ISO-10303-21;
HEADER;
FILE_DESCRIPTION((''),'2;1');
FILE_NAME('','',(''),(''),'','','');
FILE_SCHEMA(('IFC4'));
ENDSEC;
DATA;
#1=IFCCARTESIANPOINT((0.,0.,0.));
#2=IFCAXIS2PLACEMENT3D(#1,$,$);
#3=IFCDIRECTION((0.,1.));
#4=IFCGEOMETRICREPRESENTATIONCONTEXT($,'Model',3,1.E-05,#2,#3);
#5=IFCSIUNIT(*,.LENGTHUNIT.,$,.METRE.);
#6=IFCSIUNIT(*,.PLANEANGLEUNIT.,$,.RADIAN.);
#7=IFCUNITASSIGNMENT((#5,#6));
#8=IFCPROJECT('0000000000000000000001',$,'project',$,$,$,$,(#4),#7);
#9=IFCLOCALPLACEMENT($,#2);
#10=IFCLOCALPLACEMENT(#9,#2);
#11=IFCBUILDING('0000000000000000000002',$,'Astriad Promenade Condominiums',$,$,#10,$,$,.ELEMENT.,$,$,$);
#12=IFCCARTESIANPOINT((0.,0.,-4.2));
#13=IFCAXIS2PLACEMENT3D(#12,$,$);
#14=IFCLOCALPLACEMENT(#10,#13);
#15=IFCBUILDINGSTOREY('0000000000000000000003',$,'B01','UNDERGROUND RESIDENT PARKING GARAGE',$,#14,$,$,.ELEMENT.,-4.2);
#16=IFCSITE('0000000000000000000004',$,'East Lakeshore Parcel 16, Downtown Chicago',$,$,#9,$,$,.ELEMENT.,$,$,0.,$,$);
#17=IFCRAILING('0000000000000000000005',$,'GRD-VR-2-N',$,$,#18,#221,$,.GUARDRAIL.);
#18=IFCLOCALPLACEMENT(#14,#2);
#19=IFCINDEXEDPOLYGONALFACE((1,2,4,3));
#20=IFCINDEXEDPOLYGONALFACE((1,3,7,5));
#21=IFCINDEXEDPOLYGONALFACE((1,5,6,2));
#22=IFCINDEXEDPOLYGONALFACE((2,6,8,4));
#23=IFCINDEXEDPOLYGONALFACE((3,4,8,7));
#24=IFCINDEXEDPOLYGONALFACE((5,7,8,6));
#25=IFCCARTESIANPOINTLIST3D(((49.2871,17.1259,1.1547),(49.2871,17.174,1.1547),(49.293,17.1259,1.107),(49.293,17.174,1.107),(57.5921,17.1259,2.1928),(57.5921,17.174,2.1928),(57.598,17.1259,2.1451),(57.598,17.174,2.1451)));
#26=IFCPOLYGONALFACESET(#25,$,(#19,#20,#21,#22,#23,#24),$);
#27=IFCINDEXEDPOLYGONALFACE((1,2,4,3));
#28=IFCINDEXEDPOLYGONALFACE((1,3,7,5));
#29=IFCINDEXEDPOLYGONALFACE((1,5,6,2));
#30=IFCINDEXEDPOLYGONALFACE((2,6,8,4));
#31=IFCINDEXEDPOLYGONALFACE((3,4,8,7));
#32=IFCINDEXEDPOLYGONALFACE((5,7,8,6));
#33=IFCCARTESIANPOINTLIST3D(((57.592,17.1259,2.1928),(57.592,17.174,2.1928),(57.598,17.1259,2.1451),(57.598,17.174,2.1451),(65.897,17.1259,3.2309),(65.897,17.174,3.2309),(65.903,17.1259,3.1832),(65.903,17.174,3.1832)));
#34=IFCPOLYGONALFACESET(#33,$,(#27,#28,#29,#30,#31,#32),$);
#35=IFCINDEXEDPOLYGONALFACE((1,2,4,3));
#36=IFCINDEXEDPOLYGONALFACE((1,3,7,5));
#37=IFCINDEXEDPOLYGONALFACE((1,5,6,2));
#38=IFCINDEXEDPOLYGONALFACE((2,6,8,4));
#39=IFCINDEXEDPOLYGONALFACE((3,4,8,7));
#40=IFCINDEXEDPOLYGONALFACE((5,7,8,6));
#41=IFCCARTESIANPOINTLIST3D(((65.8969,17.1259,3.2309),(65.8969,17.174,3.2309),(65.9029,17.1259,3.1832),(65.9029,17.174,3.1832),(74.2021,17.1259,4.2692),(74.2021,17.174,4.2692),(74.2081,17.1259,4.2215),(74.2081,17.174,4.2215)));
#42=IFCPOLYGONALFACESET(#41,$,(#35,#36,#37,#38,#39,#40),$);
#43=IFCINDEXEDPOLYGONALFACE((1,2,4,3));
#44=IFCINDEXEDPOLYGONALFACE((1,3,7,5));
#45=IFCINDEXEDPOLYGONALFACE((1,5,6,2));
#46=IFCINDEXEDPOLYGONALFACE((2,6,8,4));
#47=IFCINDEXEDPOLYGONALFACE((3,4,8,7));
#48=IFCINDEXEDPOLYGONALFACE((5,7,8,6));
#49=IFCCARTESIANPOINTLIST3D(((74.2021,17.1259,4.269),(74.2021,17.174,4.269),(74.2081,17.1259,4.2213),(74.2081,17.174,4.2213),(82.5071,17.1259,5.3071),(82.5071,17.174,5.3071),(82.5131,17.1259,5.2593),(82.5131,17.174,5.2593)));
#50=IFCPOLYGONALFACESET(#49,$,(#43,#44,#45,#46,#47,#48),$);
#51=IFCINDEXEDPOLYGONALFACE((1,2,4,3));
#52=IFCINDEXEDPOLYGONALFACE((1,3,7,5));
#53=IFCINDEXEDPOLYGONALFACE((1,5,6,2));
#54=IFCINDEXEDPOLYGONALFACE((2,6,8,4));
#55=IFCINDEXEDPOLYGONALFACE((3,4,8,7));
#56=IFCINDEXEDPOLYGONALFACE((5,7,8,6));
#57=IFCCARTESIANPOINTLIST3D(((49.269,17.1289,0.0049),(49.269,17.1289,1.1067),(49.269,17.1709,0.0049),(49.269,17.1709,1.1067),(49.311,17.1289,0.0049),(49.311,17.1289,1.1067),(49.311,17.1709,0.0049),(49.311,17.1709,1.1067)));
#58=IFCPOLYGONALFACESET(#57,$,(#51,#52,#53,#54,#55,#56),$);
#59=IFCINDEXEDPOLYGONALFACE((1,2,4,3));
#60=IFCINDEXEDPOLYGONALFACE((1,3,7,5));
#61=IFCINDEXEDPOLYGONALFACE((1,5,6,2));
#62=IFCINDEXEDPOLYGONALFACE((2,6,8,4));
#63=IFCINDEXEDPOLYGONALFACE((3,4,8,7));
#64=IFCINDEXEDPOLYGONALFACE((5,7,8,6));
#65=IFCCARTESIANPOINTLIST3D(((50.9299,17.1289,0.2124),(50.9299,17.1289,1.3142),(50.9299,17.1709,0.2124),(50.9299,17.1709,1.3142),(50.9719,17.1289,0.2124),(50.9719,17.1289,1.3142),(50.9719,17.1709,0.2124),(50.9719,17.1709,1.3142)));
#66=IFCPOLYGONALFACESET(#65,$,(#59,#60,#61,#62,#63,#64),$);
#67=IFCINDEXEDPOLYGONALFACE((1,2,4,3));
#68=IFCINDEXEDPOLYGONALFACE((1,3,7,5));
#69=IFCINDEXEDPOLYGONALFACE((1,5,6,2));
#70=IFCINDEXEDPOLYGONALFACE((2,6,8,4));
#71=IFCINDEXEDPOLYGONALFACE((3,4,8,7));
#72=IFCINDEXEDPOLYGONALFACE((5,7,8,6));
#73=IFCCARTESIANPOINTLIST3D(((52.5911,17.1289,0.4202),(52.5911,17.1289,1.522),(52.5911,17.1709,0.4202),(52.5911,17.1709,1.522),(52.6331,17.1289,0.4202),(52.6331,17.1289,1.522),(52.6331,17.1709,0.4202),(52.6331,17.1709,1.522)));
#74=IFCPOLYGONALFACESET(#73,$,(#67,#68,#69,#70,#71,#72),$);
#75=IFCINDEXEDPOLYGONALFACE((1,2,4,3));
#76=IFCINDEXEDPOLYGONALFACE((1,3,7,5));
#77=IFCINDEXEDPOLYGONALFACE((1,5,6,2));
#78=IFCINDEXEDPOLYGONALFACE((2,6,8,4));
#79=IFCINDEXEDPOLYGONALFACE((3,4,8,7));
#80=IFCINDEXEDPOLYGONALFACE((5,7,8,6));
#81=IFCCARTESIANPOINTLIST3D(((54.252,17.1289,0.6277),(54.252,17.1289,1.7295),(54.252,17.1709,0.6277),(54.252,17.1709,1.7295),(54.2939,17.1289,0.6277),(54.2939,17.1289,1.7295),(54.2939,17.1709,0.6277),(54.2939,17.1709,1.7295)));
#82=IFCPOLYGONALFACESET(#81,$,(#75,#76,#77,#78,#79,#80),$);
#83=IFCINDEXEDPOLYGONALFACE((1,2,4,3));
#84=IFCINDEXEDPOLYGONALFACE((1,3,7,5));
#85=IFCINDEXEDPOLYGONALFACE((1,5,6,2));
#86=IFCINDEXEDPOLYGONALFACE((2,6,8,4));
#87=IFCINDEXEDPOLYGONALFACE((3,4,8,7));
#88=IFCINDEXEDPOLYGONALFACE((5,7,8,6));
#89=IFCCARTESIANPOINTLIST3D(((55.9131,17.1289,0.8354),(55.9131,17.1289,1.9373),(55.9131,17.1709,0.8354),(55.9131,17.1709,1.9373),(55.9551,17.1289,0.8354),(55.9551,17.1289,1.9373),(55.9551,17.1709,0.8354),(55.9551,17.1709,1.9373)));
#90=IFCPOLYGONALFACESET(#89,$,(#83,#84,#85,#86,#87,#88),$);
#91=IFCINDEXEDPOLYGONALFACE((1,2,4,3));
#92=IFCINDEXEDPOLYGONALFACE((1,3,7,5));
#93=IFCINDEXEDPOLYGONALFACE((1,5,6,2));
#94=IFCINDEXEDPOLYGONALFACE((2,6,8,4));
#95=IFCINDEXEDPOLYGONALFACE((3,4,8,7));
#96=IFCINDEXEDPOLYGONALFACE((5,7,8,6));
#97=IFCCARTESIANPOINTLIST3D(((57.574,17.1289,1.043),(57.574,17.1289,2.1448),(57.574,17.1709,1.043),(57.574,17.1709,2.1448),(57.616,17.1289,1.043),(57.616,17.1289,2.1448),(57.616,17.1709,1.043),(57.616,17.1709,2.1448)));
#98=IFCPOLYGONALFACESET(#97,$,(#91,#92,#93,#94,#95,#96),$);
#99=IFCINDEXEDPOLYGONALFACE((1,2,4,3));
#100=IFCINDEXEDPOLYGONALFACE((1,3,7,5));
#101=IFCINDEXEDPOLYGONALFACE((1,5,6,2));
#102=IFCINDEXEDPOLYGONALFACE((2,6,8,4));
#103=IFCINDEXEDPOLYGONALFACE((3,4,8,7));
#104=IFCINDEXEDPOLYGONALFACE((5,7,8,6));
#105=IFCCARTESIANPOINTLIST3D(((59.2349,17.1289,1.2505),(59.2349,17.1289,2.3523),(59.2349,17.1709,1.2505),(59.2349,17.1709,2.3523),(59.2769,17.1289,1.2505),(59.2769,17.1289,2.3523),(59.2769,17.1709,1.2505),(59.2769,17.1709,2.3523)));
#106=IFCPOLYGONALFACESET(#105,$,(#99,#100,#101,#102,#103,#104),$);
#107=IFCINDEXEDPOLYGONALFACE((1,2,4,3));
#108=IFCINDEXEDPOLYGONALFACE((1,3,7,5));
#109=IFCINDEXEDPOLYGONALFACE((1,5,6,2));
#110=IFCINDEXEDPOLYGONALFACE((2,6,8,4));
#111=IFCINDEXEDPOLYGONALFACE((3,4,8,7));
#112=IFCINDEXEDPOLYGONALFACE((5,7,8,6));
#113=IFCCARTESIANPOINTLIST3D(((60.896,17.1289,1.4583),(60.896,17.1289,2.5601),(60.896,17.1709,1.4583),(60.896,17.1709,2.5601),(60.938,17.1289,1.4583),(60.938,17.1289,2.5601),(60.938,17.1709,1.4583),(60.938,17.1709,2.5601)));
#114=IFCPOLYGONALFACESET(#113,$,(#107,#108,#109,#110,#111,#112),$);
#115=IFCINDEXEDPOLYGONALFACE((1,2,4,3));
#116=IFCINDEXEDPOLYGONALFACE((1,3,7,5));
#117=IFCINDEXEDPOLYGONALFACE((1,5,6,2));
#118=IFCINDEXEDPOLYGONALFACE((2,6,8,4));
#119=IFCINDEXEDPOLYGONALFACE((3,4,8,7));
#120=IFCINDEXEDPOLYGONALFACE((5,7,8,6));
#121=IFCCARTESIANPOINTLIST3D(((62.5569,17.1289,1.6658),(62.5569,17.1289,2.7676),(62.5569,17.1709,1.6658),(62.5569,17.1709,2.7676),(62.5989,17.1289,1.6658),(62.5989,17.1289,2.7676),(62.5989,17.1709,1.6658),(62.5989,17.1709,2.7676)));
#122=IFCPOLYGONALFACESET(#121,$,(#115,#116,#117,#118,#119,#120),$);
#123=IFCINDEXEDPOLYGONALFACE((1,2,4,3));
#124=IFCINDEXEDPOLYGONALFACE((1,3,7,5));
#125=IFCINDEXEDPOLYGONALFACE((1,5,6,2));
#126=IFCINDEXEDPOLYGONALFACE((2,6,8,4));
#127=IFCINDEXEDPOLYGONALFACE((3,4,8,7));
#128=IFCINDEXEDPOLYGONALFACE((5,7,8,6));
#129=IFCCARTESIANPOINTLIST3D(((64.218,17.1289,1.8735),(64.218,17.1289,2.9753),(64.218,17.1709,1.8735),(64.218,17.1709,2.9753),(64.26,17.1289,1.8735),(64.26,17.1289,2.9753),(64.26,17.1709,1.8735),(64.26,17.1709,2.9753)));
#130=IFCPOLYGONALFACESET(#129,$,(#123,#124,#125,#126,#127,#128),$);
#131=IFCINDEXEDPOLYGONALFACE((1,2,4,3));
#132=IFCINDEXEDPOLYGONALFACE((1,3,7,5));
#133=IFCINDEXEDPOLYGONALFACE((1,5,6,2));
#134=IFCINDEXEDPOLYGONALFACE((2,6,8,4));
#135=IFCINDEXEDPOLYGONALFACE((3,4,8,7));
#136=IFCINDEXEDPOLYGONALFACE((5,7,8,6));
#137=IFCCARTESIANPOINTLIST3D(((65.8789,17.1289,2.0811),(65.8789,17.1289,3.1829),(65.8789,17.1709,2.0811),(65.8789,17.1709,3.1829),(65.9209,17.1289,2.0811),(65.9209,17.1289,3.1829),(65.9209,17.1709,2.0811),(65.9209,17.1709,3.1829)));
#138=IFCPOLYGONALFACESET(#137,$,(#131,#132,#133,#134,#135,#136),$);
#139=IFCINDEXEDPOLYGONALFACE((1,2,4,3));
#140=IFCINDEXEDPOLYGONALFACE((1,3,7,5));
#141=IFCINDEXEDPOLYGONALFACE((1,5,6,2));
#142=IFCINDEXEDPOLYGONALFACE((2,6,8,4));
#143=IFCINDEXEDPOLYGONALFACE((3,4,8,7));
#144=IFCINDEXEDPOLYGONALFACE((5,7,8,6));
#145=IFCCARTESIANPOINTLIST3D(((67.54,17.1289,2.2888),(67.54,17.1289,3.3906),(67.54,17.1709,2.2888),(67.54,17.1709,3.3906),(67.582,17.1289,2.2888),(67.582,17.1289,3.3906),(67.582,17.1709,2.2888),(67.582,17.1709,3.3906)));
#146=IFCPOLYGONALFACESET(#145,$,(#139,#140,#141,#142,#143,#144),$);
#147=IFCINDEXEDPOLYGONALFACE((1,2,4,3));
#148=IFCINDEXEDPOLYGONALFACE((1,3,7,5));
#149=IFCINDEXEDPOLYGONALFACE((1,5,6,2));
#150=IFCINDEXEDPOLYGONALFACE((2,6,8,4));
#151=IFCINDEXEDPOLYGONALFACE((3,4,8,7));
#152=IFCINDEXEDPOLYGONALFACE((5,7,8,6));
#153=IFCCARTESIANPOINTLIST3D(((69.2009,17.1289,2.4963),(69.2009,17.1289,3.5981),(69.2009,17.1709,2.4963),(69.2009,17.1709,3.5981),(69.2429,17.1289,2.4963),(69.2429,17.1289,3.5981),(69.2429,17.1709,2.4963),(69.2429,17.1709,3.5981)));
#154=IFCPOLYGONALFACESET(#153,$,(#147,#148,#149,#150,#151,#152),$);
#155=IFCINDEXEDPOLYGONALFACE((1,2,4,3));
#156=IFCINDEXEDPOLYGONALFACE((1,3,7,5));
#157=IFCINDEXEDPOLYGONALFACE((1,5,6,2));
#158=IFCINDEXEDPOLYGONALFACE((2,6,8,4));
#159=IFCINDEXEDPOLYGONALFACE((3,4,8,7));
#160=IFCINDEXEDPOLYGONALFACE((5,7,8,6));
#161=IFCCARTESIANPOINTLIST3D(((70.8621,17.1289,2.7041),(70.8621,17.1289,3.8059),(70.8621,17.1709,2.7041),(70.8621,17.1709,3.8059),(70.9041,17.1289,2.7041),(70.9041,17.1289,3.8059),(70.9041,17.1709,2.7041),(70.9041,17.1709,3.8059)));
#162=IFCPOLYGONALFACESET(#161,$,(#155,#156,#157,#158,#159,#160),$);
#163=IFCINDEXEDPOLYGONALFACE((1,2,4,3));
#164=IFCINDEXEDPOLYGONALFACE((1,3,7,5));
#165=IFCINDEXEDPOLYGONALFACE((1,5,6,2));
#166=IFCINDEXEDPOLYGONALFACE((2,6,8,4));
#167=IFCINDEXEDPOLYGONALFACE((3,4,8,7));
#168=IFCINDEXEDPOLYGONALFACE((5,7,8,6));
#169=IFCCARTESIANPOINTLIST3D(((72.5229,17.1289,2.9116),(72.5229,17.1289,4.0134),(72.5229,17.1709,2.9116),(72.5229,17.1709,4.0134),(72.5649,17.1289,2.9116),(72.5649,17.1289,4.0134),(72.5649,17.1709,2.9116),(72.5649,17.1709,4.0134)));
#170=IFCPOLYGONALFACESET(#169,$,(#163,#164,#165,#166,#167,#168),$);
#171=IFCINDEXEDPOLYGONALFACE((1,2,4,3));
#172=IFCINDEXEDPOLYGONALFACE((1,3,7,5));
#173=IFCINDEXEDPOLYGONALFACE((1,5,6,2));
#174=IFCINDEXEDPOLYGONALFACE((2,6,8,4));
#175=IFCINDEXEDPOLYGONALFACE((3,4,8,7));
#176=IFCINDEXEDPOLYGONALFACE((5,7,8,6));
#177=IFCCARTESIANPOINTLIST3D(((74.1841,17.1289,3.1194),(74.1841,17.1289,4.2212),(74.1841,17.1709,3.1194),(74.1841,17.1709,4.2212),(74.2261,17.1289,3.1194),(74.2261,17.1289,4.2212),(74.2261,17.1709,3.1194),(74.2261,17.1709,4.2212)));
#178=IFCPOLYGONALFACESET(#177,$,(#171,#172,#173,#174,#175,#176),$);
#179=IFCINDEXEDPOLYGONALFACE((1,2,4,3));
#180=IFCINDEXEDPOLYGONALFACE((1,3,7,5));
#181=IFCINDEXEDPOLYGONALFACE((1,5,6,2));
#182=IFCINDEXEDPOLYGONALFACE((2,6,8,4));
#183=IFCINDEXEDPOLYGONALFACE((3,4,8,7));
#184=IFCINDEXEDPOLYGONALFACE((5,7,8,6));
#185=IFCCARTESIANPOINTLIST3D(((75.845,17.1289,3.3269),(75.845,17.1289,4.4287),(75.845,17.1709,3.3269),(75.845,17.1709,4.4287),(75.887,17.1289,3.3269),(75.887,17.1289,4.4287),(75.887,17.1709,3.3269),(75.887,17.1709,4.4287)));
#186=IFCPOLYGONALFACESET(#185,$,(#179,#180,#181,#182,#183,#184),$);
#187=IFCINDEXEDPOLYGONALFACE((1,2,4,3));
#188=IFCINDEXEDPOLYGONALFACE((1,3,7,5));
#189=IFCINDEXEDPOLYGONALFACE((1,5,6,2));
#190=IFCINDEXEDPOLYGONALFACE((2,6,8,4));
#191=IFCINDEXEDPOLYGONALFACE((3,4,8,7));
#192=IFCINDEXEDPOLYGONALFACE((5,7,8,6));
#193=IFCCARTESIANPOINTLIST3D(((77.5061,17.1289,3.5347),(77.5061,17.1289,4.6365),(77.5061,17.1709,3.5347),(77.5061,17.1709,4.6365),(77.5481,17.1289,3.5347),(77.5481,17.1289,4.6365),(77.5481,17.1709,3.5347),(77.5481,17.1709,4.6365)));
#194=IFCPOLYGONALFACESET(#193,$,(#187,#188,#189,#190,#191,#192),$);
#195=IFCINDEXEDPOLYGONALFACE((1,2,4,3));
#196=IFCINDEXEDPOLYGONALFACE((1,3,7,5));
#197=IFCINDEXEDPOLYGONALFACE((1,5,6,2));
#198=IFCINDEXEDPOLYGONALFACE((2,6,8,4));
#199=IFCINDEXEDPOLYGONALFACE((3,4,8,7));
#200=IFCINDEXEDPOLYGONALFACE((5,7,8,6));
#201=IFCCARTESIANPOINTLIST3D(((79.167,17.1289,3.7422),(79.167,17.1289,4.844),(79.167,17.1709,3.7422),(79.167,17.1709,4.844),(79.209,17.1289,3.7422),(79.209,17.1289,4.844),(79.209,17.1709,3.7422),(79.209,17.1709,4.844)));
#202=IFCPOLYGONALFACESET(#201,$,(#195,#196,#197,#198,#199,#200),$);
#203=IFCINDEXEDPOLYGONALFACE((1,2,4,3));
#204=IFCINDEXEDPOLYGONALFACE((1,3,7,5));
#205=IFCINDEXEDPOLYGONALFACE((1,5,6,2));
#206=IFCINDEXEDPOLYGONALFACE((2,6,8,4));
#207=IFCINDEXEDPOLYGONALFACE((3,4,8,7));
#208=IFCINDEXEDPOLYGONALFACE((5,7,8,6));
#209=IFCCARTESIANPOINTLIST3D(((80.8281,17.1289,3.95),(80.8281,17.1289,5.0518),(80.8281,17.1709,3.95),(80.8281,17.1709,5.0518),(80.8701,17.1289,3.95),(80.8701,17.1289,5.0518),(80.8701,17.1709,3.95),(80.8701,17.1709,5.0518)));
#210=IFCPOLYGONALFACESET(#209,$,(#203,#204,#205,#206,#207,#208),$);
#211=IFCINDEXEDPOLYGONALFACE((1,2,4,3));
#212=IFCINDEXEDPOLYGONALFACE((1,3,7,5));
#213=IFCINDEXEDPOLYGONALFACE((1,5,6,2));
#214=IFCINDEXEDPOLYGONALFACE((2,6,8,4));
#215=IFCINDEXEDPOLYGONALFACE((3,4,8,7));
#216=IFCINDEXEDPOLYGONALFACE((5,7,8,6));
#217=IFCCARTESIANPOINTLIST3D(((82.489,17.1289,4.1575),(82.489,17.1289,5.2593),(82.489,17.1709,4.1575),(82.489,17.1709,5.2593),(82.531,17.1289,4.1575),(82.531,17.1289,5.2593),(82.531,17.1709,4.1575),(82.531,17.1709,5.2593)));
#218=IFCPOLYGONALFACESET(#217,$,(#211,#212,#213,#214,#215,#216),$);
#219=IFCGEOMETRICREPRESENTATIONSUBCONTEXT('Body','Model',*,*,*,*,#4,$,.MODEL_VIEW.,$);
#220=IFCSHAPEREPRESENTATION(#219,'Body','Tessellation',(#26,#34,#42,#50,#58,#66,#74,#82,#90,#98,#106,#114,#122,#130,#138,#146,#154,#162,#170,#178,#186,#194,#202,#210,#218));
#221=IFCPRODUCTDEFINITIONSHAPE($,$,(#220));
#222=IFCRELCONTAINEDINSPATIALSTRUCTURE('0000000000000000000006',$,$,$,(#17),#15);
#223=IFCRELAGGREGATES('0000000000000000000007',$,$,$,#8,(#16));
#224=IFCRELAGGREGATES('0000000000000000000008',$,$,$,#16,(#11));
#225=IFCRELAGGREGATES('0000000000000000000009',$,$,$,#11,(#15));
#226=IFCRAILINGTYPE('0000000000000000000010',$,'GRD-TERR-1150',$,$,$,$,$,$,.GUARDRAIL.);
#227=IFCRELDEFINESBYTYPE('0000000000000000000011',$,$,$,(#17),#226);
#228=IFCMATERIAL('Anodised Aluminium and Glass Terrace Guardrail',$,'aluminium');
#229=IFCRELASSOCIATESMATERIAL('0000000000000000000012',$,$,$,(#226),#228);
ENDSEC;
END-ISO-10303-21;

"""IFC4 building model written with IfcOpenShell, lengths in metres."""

from ifc_helpers import new_model, si_unit, direction, frame, origin, origin_2d, place, context, subcontext, project, spatial, rectangle, extrude, source, transform, mapped, material, type_object, type_shapes, element, save


model = new_model("IFC4")

# Units and contexts
model_context = context("Model", 3, precision=1e-05, world=origin(), true_north=direction((0.0, 1.0)))
body_context = subcontext(model_context, "Body", "Model", "MODEL_VIEW")
ifc_project = project(units=[si_unit("LENGTHUNIT", "METRE"), si_unit("PLANEANGLEUNIT", "RADIAN")], contexts=[model_context])

# Site, building, storey
site_placement = place(None, origin())
site = spatial("IfcSite", under=ifc_project, at=site_placement, Name="East Lakeshore Parcel 16, Downtown Chicago", CompositionType="ELEMENT", RefElevation=0.0)
building_placement = place(site_placement, origin())
building = spatial("IfcBuilding", under=site, at=building_placement, Name="Astriad Promenade Condominiums", CompositionType="ELEMENT")
storey_placement = place(building_placement, frame((0.0, 0.0, -4.2)))
storey = spatial("IfcBuildingStorey", under=building, at=storey_placement, Name="B01", Description="UNDERGROUND RESIDENT PARKING GARAGE", CompositionType="ELEMENT", Elevation=-4.2)

# Railing
ifc_material_1 = material(Name="Anodised Aluminium and Glass Terrace Guardrail", Category="aluminium")
railing_type = type_object("IfcRailingType", Name="GRD-TERR-1150", PredefinedType="GUARDRAIL", material=ifc_material_1)
shared_shape_1 = source(origin(), body_context, "Body", "SweptSolid", [
    extrude(rectangle(XDim=0.0481, YDim=0.0481, at=origin_2d()), frame((0.0, 0.0, 1.126), z_axis=(0.992278, 0.0, 0.124031), x_axis=(0.0, 1.0, 0.0)), (0.0, 0.0, 1.0), 8.3696),
    extrude(rectangle(XDim=0.0481, YDim=0.0481, at=origin_2d()), frame((8.3049, 0.0, 2.1641), z_axis=(0.992278, 0.0, 0.124031), x_axis=(0.0, 1.0, 0.0)), (0.0, 0.0, 1.0), 8.3696),
    extrude(rectangle(XDim=0.0481, YDim=0.0481, at=origin_2d()), frame((16.6099, 0.0, 3.2021), z_axis=(0.992275, 0.0, 0.124056), x_axis=(0.0, 1.0, 0.0)), (0.0, 0.0, 1.0), 8.3699),
    extrude(rectangle(XDim=0.0481, YDim=0.0481, at=origin_2d()), frame((24.915, 0.0, 4.2402), z_axis=(0.992278, 0.0, 0.124031), x_axis=(0.0, 1.0, 0.0)), (0.0, 0.0, 1.0), 8.3696),
    extrude(rectangle(XDim=0.042, YDim=0.042, at=origin_2d()), origin(), (0.0, 0.0, 1.0), 1.1018),
    extrude(rectangle(XDim=0.042, YDim=0.042, at=origin_2d()), frame((1.6609, 0.0, 0.2075)), (0.0, 0.0, 1.0), 1.1018),
    extrude(rectangle(XDim=0.042, YDim=0.042, at=origin_2d()), frame((3.322, 0.0, 0.4153)), (0.0, 0.0, 1.0), 1.1018),
    extrude(rectangle(XDim=0.042, YDim=0.042, at=origin_2d()), frame((4.9829, 0.0, 0.6228)), (0.0, 0.0, 1.0), 1.1018),
    extrude(rectangle(XDim=0.042, YDim=0.042, at=origin_2d()), frame((6.644, 0.0, 0.8306)), (0.0, 0.0, 1.0), 1.1018),
    extrude(rectangle(XDim=0.042, YDim=0.042, at=origin_2d()), frame((8.3049, 0.0, 1.0381)), (0.0, 0.0, 1.0), 1.1018),
    extrude(rectangle(XDim=0.042, YDim=0.042, at=origin_2d()), frame((9.9658, 0.0, 1.2456)), (0.0, 0.0, 1.0), 1.1018),
    extrude(rectangle(XDim=0.042, YDim=0.042, at=origin_2d()), frame((11.627, 0.0, 1.4534)), (0.0, 0.0, 1.0), 1.1018),
    extrude(rectangle(XDim=0.042, YDim=0.042, at=origin_2d()), frame((13.2878, 0.0, 1.6609)), (0.0, 0.0, 1.0), 1.1018),
    extrude(rectangle(XDim=0.042, YDim=0.042, at=origin_2d()), frame((14.949, 0.0, 1.8687)), (0.0, 0.0, 1.0), 1.1018),
    extrude(rectangle(XDim=0.042, YDim=0.042, at=origin_2d()), frame((16.6099, 0.0, 2.0762)), (0.0, 0.0, 1.0), 1.1018),
    extrude(rectangle(XDim=0.042, YDim=0.042, at=origin_2d()), frame((18.271, 0.0, 2.2839)), (0.0, 0.0, 1.0), 1.1018),
    extrude(rectangle(XDim=0.042, YDim=0.042, at=origin_2d()), frame((19.9319, 0.0, 2.4915)), (0.0, 0.0, 1.0), 1.1018),
    extrude(rectangle(XDim=0.042, YDim=0.042, at=origin_2d()), frame((21.593, 0.0, 2.6992)), (0.0, 0.0, 1.0), 1.1018),
    extrude(rectangle(XDim=0.042, YDim=0.042, at=origin_2d()), frame((23.2539, 0.0, 2.9067)), (0.0, 0.0, 1.0), 1.1018),
    extrude(rectangle(XDim=0.042, YDim=0.042, at=origin_2d()), frame((24.915, 0.0, 3.1145)), (0.0, 0.0, 1.0), 1.1018),
    extrude(rectangle(XDim=0.042, YDim=0.042, at=origin_2d()), frame((26.5759, 0.0, 3.322)), (0.0, 0.0, 1.0), 1.1018),
    extrude(rectangle(XDim=0.042, YDim=0.042, at=origin_2d()), frame((28.2371, 0.0, 3.5298)), (0.0, 0.0, 1.0), 1.1018),
    extrude(rectangle(XDim=0.042, YDim=0.042, at=origin_2d()), frame((29.8979, 0.0, 3.7373)), (0.0, 0.0, 1.0), 1.1018),
    extrude(rectangle(XDim=0.042, YDim=0.042, at=origin_2d()), frame((31.5591, 0.0, 3.9451)), (0.0, 0.0, 1.0), 1.1018),
    extrude(rectangle(XDim=0.042, YDim=0.042, at=origin_2d()), frame((33.22, 0.0, 4.1526)), (0.0, 0.0, 1.0), 1.1018),
])
type_shapes(railing_type, [shared_shape_1])
for number, where, name in (
    (1, (49.29, 17.1499, 0.0049), "GRD-VR-2-N"),
):
    element("IfcRailing", number, at=place(storey_placement, frame(where)), inside=storey, type_object=railing_type, Name=name, PredefinedType="GUARDRAIL", context=body_context, shape_type="MappedRepresentation", body=[
        mapped(shared_shape_1, transform((0.0, 0.0, 0.0), scale=1.0)),
    ])

save(model, "model.ifc")
